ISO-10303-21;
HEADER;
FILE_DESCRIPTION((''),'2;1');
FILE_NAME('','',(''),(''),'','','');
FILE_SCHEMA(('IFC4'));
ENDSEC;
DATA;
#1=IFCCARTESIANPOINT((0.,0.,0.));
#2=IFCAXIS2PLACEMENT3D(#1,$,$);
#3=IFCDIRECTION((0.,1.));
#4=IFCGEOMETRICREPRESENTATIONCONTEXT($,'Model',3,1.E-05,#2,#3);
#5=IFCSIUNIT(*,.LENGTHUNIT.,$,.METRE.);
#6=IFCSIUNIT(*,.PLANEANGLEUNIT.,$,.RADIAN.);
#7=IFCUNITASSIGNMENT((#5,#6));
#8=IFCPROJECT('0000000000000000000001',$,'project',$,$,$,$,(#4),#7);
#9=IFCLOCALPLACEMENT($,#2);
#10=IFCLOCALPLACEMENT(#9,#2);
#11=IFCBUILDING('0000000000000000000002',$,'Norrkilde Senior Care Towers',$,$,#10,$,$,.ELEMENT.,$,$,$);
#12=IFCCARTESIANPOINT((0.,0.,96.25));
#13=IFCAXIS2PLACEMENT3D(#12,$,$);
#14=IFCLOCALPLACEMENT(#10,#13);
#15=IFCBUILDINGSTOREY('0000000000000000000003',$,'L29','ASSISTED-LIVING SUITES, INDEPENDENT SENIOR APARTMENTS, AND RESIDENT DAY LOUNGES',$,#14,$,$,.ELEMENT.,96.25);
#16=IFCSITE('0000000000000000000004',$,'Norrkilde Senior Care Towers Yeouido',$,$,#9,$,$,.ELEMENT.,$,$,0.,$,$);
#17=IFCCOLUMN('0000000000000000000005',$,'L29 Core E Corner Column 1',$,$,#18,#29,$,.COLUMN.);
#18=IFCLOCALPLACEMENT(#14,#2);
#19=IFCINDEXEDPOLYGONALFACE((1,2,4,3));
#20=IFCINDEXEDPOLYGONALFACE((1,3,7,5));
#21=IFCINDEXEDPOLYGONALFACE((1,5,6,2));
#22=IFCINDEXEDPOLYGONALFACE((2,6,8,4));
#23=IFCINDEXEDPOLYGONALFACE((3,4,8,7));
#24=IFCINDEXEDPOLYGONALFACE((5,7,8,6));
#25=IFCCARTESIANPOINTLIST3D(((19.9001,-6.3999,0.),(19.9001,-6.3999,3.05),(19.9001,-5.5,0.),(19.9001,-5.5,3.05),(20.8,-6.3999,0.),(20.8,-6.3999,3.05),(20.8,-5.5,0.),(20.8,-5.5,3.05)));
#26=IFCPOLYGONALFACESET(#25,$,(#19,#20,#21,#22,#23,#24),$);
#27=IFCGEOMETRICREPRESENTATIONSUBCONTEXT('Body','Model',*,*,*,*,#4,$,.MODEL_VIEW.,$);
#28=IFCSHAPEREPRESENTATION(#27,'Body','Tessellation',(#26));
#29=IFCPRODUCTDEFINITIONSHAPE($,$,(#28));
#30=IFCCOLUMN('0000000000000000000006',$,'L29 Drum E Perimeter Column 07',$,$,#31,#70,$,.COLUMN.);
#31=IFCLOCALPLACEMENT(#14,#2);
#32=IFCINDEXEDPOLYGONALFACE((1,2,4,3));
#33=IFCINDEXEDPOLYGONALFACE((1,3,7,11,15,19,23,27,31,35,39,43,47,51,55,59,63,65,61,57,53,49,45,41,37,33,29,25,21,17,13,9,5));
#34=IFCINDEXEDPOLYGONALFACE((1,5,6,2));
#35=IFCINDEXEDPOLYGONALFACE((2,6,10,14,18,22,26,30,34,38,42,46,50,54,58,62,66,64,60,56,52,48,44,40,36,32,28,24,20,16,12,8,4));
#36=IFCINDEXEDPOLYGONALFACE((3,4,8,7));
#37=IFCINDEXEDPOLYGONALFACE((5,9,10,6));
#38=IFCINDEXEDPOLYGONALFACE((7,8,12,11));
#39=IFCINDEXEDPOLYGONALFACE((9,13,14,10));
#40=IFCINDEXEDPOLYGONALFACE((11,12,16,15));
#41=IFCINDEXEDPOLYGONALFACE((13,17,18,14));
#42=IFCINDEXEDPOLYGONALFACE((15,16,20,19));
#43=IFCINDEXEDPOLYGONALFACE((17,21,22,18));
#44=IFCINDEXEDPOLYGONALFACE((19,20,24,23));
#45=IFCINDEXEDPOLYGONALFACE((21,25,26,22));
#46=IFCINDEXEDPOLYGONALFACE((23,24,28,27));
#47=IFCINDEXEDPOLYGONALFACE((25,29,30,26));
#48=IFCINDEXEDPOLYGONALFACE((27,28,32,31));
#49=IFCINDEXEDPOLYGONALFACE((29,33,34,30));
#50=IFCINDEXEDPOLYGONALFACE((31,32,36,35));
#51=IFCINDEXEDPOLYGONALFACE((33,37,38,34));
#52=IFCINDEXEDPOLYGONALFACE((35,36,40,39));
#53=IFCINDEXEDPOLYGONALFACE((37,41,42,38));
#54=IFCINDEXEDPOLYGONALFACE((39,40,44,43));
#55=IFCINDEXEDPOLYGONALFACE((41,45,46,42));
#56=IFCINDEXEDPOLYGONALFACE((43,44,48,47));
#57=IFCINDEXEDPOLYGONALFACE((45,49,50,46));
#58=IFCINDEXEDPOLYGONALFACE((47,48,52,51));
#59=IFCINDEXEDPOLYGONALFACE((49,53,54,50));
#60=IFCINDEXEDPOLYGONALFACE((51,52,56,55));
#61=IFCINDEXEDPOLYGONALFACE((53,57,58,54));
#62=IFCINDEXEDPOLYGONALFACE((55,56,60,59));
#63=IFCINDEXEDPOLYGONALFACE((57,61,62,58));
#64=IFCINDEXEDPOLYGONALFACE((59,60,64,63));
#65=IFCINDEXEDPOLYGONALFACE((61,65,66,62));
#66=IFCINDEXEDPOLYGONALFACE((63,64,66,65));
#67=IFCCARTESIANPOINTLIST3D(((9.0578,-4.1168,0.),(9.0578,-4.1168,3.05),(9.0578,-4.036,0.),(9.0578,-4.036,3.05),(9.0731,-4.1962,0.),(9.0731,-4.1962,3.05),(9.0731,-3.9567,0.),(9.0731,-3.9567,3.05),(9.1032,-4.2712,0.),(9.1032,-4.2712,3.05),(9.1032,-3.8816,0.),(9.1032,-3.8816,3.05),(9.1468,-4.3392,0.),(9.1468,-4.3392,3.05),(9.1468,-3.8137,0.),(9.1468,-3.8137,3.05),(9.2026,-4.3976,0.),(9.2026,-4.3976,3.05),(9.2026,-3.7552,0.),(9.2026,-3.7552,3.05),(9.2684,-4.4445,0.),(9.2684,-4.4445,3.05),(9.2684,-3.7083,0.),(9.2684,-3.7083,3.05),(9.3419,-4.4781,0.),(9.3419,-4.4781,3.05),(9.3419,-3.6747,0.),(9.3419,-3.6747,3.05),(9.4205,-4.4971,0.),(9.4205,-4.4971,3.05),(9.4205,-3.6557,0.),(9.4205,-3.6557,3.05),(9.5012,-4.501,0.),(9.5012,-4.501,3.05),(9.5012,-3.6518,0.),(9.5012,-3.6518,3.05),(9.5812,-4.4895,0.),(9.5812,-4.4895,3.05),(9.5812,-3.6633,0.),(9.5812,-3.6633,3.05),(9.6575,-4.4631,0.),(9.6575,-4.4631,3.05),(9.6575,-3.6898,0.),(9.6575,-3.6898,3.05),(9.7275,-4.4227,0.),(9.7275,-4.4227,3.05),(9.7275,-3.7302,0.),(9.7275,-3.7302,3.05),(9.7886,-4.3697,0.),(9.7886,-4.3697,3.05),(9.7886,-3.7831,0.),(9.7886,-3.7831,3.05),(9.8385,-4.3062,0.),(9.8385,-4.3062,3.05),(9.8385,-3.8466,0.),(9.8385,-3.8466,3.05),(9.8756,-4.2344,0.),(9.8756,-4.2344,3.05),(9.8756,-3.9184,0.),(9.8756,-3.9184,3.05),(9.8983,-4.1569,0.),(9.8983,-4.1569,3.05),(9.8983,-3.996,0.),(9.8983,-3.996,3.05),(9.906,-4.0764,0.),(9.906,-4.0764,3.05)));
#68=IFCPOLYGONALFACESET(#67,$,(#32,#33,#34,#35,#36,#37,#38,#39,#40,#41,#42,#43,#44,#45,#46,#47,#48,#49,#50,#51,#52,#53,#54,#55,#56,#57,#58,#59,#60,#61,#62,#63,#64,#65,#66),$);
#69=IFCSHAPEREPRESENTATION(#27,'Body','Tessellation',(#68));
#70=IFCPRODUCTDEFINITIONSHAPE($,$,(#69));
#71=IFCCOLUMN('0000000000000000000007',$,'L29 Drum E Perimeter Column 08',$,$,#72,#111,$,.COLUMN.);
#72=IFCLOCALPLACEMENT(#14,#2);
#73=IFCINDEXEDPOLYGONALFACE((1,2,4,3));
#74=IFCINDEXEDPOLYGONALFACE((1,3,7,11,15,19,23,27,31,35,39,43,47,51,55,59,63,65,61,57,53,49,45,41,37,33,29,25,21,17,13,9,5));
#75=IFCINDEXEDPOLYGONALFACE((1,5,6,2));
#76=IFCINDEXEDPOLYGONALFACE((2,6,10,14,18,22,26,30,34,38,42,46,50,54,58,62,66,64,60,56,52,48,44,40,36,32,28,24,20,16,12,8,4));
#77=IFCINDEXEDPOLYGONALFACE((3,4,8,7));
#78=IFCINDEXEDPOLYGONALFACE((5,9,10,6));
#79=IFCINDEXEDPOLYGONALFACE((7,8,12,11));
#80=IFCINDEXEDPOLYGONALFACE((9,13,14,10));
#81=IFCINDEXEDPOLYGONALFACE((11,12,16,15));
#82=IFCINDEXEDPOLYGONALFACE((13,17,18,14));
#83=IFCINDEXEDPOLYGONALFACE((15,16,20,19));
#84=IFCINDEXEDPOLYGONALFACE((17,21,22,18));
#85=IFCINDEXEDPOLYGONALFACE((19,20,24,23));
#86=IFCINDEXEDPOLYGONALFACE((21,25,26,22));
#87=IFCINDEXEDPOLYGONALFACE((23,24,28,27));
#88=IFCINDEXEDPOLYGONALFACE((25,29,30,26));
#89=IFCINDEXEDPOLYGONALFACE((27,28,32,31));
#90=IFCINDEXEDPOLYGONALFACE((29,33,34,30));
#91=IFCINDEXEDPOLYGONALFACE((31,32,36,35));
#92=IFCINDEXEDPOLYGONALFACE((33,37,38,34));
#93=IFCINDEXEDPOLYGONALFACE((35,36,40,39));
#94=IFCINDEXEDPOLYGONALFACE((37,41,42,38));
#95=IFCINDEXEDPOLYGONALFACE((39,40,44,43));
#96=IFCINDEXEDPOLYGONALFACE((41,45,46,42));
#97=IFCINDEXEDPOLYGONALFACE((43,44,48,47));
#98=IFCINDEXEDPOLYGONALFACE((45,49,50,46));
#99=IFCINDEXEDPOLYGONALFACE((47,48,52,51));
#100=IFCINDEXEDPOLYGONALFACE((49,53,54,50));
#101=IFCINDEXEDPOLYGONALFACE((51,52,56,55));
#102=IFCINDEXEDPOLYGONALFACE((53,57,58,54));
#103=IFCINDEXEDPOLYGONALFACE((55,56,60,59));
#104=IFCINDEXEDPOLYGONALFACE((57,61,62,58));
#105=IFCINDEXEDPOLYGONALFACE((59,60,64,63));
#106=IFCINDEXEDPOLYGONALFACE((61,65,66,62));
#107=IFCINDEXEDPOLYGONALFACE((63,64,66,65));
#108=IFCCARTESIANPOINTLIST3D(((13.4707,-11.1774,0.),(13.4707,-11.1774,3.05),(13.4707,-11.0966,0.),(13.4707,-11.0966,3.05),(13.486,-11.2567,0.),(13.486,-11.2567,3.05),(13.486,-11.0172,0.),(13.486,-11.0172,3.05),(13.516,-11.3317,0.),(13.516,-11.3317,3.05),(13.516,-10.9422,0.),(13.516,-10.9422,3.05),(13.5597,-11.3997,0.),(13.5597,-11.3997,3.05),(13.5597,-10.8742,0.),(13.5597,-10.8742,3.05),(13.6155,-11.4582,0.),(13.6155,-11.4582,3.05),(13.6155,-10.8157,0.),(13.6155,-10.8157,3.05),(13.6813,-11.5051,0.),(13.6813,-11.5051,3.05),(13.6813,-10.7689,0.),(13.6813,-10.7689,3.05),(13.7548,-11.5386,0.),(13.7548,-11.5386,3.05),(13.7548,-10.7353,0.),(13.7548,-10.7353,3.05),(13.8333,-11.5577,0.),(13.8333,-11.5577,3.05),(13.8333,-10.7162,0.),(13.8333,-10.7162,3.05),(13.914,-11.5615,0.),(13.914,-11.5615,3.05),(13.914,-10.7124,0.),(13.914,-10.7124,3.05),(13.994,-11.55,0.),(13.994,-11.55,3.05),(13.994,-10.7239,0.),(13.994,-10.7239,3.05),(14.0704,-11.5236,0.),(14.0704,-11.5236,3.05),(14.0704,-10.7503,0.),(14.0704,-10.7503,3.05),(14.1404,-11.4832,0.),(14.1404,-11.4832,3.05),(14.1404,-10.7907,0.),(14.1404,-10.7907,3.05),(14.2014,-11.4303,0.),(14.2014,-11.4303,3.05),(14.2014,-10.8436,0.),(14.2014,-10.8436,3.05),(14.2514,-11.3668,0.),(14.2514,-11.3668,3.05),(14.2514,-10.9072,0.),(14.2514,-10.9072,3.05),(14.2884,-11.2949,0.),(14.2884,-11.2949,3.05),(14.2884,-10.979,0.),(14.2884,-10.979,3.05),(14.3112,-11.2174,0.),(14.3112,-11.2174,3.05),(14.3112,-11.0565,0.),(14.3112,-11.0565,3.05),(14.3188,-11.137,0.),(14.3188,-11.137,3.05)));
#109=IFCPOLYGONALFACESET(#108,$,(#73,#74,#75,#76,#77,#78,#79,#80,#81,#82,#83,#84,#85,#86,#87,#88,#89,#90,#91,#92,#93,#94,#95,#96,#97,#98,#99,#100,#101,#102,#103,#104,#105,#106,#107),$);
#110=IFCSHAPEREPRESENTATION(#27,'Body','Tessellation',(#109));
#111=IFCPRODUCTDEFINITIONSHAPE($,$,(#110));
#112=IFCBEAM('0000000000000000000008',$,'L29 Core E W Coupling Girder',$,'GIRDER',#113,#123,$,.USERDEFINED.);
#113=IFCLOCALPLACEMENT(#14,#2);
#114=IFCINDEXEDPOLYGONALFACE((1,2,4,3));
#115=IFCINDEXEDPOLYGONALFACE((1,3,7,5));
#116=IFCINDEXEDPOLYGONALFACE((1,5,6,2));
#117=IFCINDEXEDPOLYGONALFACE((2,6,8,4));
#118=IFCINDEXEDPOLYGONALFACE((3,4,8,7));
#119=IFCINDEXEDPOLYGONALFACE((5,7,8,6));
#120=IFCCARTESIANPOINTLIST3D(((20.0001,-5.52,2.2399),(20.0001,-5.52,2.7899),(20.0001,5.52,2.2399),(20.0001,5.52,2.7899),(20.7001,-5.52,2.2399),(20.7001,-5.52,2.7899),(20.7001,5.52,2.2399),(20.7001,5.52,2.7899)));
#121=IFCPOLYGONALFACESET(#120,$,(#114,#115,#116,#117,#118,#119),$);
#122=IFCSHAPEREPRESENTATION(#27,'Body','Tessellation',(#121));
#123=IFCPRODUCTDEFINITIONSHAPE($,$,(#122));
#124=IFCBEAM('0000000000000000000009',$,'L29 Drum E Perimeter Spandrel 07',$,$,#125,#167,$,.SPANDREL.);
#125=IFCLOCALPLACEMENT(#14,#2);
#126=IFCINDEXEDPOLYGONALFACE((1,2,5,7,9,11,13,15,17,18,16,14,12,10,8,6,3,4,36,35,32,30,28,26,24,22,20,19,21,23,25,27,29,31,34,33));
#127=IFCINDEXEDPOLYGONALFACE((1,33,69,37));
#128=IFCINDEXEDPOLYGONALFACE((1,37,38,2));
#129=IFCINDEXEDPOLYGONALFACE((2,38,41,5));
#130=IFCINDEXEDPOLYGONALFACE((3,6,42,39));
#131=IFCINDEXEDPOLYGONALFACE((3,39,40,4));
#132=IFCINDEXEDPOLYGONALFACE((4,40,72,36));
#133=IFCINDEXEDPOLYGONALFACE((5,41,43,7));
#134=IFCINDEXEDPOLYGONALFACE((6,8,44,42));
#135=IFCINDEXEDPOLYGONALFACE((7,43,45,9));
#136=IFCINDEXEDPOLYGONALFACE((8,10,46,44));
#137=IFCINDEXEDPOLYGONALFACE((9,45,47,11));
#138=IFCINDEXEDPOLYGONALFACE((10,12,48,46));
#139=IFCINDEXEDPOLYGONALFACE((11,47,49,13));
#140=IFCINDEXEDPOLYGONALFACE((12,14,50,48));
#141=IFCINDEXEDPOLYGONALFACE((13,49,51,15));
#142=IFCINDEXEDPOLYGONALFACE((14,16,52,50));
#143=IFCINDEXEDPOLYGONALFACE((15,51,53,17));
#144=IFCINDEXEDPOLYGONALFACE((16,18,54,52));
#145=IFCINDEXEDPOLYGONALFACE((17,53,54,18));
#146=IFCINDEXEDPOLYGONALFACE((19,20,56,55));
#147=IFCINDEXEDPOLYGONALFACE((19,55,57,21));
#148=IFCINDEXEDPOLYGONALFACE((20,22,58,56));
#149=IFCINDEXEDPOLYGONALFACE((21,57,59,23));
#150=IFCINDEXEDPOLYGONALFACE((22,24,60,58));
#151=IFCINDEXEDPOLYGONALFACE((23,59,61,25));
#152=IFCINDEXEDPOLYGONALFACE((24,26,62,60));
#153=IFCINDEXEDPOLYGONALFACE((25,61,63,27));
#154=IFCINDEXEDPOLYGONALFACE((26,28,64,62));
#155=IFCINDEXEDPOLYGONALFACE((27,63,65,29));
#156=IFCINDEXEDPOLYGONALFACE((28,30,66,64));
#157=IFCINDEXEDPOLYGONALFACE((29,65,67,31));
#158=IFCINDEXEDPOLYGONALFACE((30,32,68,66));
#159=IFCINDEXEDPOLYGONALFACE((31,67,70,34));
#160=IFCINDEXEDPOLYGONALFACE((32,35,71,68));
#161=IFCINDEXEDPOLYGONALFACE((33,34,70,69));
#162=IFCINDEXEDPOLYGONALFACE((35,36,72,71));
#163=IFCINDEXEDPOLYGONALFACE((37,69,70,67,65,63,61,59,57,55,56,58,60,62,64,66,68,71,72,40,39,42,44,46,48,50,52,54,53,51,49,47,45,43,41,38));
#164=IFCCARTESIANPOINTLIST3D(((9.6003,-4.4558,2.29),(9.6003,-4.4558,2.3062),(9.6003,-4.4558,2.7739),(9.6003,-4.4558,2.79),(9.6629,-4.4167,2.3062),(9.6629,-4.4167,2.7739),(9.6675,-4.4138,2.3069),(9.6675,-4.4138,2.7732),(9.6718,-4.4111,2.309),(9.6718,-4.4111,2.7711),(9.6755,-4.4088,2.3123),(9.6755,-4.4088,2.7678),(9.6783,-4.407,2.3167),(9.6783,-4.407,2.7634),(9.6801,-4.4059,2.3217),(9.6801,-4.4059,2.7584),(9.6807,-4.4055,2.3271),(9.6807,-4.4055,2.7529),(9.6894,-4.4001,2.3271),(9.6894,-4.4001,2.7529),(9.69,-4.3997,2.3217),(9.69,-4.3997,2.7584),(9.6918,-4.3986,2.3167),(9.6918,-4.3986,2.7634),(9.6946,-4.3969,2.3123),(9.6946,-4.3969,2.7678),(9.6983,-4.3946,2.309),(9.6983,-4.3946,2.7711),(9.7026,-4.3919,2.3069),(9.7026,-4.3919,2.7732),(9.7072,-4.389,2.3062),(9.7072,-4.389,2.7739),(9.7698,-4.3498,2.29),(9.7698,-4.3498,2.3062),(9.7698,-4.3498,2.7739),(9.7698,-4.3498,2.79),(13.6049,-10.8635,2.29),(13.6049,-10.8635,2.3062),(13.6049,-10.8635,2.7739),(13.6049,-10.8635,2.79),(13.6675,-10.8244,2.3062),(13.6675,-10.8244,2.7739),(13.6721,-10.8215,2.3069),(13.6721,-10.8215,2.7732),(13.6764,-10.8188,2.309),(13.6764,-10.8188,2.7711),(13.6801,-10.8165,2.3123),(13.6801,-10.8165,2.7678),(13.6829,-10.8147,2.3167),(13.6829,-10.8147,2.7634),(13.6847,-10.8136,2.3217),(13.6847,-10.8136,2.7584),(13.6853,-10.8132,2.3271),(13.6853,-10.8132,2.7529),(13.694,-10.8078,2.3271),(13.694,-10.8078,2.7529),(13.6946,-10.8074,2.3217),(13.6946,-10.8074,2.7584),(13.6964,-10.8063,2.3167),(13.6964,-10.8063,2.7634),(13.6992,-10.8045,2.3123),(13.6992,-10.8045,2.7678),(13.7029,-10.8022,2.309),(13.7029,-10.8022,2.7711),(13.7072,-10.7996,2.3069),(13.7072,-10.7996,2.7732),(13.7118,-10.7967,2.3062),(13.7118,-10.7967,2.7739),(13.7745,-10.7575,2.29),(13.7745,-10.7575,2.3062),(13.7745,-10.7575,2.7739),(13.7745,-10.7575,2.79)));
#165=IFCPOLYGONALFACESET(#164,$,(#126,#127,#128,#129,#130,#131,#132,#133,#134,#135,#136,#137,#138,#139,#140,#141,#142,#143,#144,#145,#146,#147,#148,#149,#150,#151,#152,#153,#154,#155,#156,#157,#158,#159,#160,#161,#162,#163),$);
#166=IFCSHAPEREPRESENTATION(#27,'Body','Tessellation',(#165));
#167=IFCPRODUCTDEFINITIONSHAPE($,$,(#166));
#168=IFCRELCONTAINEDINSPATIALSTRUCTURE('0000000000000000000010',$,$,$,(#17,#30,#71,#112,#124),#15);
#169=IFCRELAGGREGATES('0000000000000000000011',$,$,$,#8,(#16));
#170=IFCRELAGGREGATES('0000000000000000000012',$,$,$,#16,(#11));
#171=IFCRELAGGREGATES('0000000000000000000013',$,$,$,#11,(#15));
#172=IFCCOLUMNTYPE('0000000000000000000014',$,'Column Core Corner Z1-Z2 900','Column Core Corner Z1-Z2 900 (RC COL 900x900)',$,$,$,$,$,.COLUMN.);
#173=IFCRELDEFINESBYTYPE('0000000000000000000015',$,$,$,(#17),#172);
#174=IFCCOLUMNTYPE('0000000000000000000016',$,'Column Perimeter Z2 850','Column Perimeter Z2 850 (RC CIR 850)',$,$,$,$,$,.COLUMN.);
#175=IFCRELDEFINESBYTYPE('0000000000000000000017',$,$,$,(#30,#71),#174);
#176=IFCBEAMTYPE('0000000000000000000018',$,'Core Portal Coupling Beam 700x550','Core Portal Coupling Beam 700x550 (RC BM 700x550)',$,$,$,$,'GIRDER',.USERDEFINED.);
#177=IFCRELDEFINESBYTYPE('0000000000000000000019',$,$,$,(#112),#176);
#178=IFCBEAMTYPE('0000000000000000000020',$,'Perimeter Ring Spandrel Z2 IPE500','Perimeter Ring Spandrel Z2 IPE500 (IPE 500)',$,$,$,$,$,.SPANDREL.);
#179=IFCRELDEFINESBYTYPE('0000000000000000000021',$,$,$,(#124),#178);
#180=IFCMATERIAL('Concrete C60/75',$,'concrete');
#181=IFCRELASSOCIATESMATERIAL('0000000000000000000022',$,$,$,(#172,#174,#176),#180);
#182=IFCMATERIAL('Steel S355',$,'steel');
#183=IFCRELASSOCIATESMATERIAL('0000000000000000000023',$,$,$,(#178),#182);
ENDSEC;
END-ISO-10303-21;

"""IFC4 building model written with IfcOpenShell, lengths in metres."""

from ifc_helpers import new_model, si_unit, direction, frame, origin, origin_2d, place, context, subcontext, project, spatial, rectangle, circle, i_section, extrude, source, transform, mapped, material, material_profile, profile_set, type_object, type_shapes, element, save


model = new_model("IFC4")

# Units and contexts
model_context = context("Model", 3, precision=1e-05, world=origin(), true_north=direction((0.0, 1.0)))
body_context = subcontext(model_context, "Body", "Model", "MODEL_VIEW")
ifc_project = project(units=[si_unit("LENGTHUNIT", "METRE"), si_unit("PLANEANGLEUNIT", "RADIAN")], contexts=[model_context])

# Site, building, storey
site_placement = place(None, origin())
site = spatial("IfcSite", under=ifc_project, at=site_placement, Name="Norrkilde Senior Care Towers Yeouido", CompositionType="ELEMENT", RefElevation=0.0)
building_placement = place(site_placement, origin())
building = spatial("IfcBuilding", under=site, at=building_placement, Name="Norrkilde Senior Care Towers", CompositionType="ELEMENT")
storey_placement = place(building_placement, frame((0.0, 0.0, 96.25)))
storey = spatial("IfcBuildingStorey", under=building, at=storey_placement, Name="L29", Description="ASSISTED-LIVING SUITES, INDEPENDENT SENIOR APARTMENTS, AND RESIDENT DAY LOUNGES", CompositionType="ELEMENT", Elevation=96.25)

# Columns
ifc_material_1 = material(Name="Concrete C60/75", Category="concrete")
ifc_material_profile_1 = material_profile(ifc_material_1, rectangle(XDim=0.8999, YDim=0.8999, at=origin_2d()), Name="RC COL 900x900")
ifc_profile_set_1 = profile_set([ifc_material_profile_1], Name="Concrete C60/75")
column_type_1 = type_object("IfcColumnType", Name="Column Core Corner Z1-Z2 900", Description="Column Core Corner Z1-Z2 900 (RC COL 900x900)", PredefinedType="COLUMN", material=ifc_profile_set_1)
shared_shape_1 = source(origin(), body_context, "Body", "SweptSolid", [
    extrude(rectangle(XDim=0.8999, YDim=0.8999, at=origin_2d()), origin(), (0.0, 0.0, 1.0), 3.05),
])
type_shapes(column_type_1, [shared_shape_1])
column_placement = place(storey_placement, frame((20.3501, -5.95, 0.0), z_axis=(0.0, 0.0, 1.0), x_axis=(1.0, 0.0, 0.0)))
element("IfcColumn", 1, at=column_placement, inside=storey, type_object=column_type_1, Name="L29 Core E Corner Column 1", PredefinedType="COLUMN", context=body_context, shape_type="MappedRepresentation", body=[
    mapped(shared_shape_1, transform((0.0, 0.0, 0.0), x_axis=(1.0, 0.0, 0.0), y_axis=(0.0, 1.0, 0.0), z_axis=(0.0, 0.0, 1.0), scale=1.0)),
])
ifc_material_profile_2 = material_profile(ifc_material_1, circle(Radius=0.425, at=origin_2d()), Name="RC CIR 850")
ifc_profile_set_2 = profile_set([ifc_material_profile_2], Name="Concrete C60/75")
column_type_2 = type_object("IfcColumnType", Name="Column Perimeter Z2 850", Description="Column Perimeter Z2 850 (RC CIR 850)", PredefinedType="COLUMN", material=ifc_profile_set_2)
shared_shape_2 = source(origin(), body_context, "Body", "SweptSolid", [
    extrude(circle(Radius=0.425, at=origin_2d()), origin(), (0.0, 0.0, 1.0), 3.05),
])
type_shapes(column_type_2, [shared_shape_2])
for number, where, z_axis, x_axis, name in (
    (2, (9.481, -4.0764, 0.0), (0.0, 0.0, 1.0), (1.0, 0.0, 0.0), "L29 Drum E Perimeter Column 07"),
    (3, (13.8938, -11.137, 0.0), (0.0, 0.0, 1.0), (1.0, 0.0, 0.0), "L29 Drum E Perimeter Column 08"),
):
    element("IfcColumn", number, at=place(storey_placement, frame(where, z_axis=z_axis, x_axis=x_axis)), inside=storey, type_object=column_type_2, Name=name, PredefinedType="COLUMN", context=body_context, shape_type="MappedRepresentation", body=[
        mapped(shared_shape_2, transform((0.0, 0.0, 0.0), x_axis=(1.0, 0.0, 0.0), y_axis=(0.0, 1.0, 0.0), z_axis=(0.0, 0.0, 1.0), scale=1.0)),
    ])

# Beams
ifc_material_profile_3 = material_profile(ifc_material_1, rectangle(XDim=0.7, YDim=0.55, at=origin_2d()), Name="RC BM 700x550")
ifc_profile_set_3 = profile_set([ifc_material_profile_3], Name="Concrete C60/75")
beam_type_1 = type_object("IfcBeamType", Name="Core Portal Coupling Beam 700x550", Description="Core Portal Coupling Beam 700x550 (RC BM 700x550)", ElementType="GIRDER", PredefinedType="USERDEFINED", material=ifc_profile_set_3)
shared_shape_3 = source(origin(), body_context, "Body", "SweptSolid", [
    extrude(rectangle(XDim=0.7, YDim=0.55, at=origin_2d()), origin(), (0.0, 0.0, 1.0), 11.04),
])
type_shapes(beam_type_1, [shared_shape_3])
beam_1_placement = place(storey_placement, frame((20.3501, -5.52, 2.5149), z_axis=(0.0, 1.0, 0.0), x_axis=(-1.0, 0.0, 0.0)))
element("IfcBeam", 4, at=beam_1_placement, inside=storey, type_object=beam_type_1, Name="L29 Core E W Coupling Girder", ObjectType="GIRDER", PredefinedType="USERDEFINED", context=body_context, shape_type="MappedRepresentation", body=[
    mapped(shared_shape_3, transform((0.0, 0.0, 0.0), x_axis=(1.0, 0.0, 0.0), y_axis=(0.0, 1.0, 0.0), z_axis=(0.0, 0.0, 1.0), scale=1.0)),
])
ifc_material_2 = material(Name="Steel S355", Category="steel")
ifc_material_profile_4 = material_profile(ifc_material_2, i_section(OverallWidth=0.2, OverallDepth=0.5, WebThickness=0.0103, FlangeThickness=0.0161, FilletRadius=0.021, at=origin_2d()), Name="IPE 500")
ifc_profile_set_4 = profile_set([ifc_material_profile_4], Name="Steel S355")
beam_type_2 = type_object("IfcBeamType", Name="Perimeter Ring Spandrel Z2 IPE500", Description="Perimeter Ring Spandrel Z2 IPE500 (IPE 500)", PredefinedType="SPANDREL", material=ifc_profile_set_4)
shared_shape_4 = source(origin(), body_context, "Body", "SweptSolid", [
    extrude(i_section(OverallWidth=0.2, OverallDepth=0.5, WebThickness=0.0103, FlangeThickness=0.0161, FilletRadius=0.021, at=origin_2d()), origin(), (0.0, 0.0, 1.0), 7.5562),
])
beam_2_placement = place(storey_placement, frame((9.6851, -4.4028, 2.54), z_axis=(0.529982, -0.848009, 0.0), x_axis=(0.848009, 0.529982, 0.0)))
element("IfcBeam", 5, at=beam_2_placement, inside=storey, type_object=beam_type_2, Name="L29 Drum E Perimeter Spandrel 07", PredefinedType="SPANDREL", context=body_context, shape_type="MappedRepresentation", body=[
    mapped(shared_shape_4, transform((0.0, 0.0, 0.0), x_axis=(1.0, 0.0, 0.0), y_axis=(0.0, 1.0, 0.0), z_axis=(0.0, 0.0, 1.0), scale=1.0)),
])

save(model, "model.ifc")
